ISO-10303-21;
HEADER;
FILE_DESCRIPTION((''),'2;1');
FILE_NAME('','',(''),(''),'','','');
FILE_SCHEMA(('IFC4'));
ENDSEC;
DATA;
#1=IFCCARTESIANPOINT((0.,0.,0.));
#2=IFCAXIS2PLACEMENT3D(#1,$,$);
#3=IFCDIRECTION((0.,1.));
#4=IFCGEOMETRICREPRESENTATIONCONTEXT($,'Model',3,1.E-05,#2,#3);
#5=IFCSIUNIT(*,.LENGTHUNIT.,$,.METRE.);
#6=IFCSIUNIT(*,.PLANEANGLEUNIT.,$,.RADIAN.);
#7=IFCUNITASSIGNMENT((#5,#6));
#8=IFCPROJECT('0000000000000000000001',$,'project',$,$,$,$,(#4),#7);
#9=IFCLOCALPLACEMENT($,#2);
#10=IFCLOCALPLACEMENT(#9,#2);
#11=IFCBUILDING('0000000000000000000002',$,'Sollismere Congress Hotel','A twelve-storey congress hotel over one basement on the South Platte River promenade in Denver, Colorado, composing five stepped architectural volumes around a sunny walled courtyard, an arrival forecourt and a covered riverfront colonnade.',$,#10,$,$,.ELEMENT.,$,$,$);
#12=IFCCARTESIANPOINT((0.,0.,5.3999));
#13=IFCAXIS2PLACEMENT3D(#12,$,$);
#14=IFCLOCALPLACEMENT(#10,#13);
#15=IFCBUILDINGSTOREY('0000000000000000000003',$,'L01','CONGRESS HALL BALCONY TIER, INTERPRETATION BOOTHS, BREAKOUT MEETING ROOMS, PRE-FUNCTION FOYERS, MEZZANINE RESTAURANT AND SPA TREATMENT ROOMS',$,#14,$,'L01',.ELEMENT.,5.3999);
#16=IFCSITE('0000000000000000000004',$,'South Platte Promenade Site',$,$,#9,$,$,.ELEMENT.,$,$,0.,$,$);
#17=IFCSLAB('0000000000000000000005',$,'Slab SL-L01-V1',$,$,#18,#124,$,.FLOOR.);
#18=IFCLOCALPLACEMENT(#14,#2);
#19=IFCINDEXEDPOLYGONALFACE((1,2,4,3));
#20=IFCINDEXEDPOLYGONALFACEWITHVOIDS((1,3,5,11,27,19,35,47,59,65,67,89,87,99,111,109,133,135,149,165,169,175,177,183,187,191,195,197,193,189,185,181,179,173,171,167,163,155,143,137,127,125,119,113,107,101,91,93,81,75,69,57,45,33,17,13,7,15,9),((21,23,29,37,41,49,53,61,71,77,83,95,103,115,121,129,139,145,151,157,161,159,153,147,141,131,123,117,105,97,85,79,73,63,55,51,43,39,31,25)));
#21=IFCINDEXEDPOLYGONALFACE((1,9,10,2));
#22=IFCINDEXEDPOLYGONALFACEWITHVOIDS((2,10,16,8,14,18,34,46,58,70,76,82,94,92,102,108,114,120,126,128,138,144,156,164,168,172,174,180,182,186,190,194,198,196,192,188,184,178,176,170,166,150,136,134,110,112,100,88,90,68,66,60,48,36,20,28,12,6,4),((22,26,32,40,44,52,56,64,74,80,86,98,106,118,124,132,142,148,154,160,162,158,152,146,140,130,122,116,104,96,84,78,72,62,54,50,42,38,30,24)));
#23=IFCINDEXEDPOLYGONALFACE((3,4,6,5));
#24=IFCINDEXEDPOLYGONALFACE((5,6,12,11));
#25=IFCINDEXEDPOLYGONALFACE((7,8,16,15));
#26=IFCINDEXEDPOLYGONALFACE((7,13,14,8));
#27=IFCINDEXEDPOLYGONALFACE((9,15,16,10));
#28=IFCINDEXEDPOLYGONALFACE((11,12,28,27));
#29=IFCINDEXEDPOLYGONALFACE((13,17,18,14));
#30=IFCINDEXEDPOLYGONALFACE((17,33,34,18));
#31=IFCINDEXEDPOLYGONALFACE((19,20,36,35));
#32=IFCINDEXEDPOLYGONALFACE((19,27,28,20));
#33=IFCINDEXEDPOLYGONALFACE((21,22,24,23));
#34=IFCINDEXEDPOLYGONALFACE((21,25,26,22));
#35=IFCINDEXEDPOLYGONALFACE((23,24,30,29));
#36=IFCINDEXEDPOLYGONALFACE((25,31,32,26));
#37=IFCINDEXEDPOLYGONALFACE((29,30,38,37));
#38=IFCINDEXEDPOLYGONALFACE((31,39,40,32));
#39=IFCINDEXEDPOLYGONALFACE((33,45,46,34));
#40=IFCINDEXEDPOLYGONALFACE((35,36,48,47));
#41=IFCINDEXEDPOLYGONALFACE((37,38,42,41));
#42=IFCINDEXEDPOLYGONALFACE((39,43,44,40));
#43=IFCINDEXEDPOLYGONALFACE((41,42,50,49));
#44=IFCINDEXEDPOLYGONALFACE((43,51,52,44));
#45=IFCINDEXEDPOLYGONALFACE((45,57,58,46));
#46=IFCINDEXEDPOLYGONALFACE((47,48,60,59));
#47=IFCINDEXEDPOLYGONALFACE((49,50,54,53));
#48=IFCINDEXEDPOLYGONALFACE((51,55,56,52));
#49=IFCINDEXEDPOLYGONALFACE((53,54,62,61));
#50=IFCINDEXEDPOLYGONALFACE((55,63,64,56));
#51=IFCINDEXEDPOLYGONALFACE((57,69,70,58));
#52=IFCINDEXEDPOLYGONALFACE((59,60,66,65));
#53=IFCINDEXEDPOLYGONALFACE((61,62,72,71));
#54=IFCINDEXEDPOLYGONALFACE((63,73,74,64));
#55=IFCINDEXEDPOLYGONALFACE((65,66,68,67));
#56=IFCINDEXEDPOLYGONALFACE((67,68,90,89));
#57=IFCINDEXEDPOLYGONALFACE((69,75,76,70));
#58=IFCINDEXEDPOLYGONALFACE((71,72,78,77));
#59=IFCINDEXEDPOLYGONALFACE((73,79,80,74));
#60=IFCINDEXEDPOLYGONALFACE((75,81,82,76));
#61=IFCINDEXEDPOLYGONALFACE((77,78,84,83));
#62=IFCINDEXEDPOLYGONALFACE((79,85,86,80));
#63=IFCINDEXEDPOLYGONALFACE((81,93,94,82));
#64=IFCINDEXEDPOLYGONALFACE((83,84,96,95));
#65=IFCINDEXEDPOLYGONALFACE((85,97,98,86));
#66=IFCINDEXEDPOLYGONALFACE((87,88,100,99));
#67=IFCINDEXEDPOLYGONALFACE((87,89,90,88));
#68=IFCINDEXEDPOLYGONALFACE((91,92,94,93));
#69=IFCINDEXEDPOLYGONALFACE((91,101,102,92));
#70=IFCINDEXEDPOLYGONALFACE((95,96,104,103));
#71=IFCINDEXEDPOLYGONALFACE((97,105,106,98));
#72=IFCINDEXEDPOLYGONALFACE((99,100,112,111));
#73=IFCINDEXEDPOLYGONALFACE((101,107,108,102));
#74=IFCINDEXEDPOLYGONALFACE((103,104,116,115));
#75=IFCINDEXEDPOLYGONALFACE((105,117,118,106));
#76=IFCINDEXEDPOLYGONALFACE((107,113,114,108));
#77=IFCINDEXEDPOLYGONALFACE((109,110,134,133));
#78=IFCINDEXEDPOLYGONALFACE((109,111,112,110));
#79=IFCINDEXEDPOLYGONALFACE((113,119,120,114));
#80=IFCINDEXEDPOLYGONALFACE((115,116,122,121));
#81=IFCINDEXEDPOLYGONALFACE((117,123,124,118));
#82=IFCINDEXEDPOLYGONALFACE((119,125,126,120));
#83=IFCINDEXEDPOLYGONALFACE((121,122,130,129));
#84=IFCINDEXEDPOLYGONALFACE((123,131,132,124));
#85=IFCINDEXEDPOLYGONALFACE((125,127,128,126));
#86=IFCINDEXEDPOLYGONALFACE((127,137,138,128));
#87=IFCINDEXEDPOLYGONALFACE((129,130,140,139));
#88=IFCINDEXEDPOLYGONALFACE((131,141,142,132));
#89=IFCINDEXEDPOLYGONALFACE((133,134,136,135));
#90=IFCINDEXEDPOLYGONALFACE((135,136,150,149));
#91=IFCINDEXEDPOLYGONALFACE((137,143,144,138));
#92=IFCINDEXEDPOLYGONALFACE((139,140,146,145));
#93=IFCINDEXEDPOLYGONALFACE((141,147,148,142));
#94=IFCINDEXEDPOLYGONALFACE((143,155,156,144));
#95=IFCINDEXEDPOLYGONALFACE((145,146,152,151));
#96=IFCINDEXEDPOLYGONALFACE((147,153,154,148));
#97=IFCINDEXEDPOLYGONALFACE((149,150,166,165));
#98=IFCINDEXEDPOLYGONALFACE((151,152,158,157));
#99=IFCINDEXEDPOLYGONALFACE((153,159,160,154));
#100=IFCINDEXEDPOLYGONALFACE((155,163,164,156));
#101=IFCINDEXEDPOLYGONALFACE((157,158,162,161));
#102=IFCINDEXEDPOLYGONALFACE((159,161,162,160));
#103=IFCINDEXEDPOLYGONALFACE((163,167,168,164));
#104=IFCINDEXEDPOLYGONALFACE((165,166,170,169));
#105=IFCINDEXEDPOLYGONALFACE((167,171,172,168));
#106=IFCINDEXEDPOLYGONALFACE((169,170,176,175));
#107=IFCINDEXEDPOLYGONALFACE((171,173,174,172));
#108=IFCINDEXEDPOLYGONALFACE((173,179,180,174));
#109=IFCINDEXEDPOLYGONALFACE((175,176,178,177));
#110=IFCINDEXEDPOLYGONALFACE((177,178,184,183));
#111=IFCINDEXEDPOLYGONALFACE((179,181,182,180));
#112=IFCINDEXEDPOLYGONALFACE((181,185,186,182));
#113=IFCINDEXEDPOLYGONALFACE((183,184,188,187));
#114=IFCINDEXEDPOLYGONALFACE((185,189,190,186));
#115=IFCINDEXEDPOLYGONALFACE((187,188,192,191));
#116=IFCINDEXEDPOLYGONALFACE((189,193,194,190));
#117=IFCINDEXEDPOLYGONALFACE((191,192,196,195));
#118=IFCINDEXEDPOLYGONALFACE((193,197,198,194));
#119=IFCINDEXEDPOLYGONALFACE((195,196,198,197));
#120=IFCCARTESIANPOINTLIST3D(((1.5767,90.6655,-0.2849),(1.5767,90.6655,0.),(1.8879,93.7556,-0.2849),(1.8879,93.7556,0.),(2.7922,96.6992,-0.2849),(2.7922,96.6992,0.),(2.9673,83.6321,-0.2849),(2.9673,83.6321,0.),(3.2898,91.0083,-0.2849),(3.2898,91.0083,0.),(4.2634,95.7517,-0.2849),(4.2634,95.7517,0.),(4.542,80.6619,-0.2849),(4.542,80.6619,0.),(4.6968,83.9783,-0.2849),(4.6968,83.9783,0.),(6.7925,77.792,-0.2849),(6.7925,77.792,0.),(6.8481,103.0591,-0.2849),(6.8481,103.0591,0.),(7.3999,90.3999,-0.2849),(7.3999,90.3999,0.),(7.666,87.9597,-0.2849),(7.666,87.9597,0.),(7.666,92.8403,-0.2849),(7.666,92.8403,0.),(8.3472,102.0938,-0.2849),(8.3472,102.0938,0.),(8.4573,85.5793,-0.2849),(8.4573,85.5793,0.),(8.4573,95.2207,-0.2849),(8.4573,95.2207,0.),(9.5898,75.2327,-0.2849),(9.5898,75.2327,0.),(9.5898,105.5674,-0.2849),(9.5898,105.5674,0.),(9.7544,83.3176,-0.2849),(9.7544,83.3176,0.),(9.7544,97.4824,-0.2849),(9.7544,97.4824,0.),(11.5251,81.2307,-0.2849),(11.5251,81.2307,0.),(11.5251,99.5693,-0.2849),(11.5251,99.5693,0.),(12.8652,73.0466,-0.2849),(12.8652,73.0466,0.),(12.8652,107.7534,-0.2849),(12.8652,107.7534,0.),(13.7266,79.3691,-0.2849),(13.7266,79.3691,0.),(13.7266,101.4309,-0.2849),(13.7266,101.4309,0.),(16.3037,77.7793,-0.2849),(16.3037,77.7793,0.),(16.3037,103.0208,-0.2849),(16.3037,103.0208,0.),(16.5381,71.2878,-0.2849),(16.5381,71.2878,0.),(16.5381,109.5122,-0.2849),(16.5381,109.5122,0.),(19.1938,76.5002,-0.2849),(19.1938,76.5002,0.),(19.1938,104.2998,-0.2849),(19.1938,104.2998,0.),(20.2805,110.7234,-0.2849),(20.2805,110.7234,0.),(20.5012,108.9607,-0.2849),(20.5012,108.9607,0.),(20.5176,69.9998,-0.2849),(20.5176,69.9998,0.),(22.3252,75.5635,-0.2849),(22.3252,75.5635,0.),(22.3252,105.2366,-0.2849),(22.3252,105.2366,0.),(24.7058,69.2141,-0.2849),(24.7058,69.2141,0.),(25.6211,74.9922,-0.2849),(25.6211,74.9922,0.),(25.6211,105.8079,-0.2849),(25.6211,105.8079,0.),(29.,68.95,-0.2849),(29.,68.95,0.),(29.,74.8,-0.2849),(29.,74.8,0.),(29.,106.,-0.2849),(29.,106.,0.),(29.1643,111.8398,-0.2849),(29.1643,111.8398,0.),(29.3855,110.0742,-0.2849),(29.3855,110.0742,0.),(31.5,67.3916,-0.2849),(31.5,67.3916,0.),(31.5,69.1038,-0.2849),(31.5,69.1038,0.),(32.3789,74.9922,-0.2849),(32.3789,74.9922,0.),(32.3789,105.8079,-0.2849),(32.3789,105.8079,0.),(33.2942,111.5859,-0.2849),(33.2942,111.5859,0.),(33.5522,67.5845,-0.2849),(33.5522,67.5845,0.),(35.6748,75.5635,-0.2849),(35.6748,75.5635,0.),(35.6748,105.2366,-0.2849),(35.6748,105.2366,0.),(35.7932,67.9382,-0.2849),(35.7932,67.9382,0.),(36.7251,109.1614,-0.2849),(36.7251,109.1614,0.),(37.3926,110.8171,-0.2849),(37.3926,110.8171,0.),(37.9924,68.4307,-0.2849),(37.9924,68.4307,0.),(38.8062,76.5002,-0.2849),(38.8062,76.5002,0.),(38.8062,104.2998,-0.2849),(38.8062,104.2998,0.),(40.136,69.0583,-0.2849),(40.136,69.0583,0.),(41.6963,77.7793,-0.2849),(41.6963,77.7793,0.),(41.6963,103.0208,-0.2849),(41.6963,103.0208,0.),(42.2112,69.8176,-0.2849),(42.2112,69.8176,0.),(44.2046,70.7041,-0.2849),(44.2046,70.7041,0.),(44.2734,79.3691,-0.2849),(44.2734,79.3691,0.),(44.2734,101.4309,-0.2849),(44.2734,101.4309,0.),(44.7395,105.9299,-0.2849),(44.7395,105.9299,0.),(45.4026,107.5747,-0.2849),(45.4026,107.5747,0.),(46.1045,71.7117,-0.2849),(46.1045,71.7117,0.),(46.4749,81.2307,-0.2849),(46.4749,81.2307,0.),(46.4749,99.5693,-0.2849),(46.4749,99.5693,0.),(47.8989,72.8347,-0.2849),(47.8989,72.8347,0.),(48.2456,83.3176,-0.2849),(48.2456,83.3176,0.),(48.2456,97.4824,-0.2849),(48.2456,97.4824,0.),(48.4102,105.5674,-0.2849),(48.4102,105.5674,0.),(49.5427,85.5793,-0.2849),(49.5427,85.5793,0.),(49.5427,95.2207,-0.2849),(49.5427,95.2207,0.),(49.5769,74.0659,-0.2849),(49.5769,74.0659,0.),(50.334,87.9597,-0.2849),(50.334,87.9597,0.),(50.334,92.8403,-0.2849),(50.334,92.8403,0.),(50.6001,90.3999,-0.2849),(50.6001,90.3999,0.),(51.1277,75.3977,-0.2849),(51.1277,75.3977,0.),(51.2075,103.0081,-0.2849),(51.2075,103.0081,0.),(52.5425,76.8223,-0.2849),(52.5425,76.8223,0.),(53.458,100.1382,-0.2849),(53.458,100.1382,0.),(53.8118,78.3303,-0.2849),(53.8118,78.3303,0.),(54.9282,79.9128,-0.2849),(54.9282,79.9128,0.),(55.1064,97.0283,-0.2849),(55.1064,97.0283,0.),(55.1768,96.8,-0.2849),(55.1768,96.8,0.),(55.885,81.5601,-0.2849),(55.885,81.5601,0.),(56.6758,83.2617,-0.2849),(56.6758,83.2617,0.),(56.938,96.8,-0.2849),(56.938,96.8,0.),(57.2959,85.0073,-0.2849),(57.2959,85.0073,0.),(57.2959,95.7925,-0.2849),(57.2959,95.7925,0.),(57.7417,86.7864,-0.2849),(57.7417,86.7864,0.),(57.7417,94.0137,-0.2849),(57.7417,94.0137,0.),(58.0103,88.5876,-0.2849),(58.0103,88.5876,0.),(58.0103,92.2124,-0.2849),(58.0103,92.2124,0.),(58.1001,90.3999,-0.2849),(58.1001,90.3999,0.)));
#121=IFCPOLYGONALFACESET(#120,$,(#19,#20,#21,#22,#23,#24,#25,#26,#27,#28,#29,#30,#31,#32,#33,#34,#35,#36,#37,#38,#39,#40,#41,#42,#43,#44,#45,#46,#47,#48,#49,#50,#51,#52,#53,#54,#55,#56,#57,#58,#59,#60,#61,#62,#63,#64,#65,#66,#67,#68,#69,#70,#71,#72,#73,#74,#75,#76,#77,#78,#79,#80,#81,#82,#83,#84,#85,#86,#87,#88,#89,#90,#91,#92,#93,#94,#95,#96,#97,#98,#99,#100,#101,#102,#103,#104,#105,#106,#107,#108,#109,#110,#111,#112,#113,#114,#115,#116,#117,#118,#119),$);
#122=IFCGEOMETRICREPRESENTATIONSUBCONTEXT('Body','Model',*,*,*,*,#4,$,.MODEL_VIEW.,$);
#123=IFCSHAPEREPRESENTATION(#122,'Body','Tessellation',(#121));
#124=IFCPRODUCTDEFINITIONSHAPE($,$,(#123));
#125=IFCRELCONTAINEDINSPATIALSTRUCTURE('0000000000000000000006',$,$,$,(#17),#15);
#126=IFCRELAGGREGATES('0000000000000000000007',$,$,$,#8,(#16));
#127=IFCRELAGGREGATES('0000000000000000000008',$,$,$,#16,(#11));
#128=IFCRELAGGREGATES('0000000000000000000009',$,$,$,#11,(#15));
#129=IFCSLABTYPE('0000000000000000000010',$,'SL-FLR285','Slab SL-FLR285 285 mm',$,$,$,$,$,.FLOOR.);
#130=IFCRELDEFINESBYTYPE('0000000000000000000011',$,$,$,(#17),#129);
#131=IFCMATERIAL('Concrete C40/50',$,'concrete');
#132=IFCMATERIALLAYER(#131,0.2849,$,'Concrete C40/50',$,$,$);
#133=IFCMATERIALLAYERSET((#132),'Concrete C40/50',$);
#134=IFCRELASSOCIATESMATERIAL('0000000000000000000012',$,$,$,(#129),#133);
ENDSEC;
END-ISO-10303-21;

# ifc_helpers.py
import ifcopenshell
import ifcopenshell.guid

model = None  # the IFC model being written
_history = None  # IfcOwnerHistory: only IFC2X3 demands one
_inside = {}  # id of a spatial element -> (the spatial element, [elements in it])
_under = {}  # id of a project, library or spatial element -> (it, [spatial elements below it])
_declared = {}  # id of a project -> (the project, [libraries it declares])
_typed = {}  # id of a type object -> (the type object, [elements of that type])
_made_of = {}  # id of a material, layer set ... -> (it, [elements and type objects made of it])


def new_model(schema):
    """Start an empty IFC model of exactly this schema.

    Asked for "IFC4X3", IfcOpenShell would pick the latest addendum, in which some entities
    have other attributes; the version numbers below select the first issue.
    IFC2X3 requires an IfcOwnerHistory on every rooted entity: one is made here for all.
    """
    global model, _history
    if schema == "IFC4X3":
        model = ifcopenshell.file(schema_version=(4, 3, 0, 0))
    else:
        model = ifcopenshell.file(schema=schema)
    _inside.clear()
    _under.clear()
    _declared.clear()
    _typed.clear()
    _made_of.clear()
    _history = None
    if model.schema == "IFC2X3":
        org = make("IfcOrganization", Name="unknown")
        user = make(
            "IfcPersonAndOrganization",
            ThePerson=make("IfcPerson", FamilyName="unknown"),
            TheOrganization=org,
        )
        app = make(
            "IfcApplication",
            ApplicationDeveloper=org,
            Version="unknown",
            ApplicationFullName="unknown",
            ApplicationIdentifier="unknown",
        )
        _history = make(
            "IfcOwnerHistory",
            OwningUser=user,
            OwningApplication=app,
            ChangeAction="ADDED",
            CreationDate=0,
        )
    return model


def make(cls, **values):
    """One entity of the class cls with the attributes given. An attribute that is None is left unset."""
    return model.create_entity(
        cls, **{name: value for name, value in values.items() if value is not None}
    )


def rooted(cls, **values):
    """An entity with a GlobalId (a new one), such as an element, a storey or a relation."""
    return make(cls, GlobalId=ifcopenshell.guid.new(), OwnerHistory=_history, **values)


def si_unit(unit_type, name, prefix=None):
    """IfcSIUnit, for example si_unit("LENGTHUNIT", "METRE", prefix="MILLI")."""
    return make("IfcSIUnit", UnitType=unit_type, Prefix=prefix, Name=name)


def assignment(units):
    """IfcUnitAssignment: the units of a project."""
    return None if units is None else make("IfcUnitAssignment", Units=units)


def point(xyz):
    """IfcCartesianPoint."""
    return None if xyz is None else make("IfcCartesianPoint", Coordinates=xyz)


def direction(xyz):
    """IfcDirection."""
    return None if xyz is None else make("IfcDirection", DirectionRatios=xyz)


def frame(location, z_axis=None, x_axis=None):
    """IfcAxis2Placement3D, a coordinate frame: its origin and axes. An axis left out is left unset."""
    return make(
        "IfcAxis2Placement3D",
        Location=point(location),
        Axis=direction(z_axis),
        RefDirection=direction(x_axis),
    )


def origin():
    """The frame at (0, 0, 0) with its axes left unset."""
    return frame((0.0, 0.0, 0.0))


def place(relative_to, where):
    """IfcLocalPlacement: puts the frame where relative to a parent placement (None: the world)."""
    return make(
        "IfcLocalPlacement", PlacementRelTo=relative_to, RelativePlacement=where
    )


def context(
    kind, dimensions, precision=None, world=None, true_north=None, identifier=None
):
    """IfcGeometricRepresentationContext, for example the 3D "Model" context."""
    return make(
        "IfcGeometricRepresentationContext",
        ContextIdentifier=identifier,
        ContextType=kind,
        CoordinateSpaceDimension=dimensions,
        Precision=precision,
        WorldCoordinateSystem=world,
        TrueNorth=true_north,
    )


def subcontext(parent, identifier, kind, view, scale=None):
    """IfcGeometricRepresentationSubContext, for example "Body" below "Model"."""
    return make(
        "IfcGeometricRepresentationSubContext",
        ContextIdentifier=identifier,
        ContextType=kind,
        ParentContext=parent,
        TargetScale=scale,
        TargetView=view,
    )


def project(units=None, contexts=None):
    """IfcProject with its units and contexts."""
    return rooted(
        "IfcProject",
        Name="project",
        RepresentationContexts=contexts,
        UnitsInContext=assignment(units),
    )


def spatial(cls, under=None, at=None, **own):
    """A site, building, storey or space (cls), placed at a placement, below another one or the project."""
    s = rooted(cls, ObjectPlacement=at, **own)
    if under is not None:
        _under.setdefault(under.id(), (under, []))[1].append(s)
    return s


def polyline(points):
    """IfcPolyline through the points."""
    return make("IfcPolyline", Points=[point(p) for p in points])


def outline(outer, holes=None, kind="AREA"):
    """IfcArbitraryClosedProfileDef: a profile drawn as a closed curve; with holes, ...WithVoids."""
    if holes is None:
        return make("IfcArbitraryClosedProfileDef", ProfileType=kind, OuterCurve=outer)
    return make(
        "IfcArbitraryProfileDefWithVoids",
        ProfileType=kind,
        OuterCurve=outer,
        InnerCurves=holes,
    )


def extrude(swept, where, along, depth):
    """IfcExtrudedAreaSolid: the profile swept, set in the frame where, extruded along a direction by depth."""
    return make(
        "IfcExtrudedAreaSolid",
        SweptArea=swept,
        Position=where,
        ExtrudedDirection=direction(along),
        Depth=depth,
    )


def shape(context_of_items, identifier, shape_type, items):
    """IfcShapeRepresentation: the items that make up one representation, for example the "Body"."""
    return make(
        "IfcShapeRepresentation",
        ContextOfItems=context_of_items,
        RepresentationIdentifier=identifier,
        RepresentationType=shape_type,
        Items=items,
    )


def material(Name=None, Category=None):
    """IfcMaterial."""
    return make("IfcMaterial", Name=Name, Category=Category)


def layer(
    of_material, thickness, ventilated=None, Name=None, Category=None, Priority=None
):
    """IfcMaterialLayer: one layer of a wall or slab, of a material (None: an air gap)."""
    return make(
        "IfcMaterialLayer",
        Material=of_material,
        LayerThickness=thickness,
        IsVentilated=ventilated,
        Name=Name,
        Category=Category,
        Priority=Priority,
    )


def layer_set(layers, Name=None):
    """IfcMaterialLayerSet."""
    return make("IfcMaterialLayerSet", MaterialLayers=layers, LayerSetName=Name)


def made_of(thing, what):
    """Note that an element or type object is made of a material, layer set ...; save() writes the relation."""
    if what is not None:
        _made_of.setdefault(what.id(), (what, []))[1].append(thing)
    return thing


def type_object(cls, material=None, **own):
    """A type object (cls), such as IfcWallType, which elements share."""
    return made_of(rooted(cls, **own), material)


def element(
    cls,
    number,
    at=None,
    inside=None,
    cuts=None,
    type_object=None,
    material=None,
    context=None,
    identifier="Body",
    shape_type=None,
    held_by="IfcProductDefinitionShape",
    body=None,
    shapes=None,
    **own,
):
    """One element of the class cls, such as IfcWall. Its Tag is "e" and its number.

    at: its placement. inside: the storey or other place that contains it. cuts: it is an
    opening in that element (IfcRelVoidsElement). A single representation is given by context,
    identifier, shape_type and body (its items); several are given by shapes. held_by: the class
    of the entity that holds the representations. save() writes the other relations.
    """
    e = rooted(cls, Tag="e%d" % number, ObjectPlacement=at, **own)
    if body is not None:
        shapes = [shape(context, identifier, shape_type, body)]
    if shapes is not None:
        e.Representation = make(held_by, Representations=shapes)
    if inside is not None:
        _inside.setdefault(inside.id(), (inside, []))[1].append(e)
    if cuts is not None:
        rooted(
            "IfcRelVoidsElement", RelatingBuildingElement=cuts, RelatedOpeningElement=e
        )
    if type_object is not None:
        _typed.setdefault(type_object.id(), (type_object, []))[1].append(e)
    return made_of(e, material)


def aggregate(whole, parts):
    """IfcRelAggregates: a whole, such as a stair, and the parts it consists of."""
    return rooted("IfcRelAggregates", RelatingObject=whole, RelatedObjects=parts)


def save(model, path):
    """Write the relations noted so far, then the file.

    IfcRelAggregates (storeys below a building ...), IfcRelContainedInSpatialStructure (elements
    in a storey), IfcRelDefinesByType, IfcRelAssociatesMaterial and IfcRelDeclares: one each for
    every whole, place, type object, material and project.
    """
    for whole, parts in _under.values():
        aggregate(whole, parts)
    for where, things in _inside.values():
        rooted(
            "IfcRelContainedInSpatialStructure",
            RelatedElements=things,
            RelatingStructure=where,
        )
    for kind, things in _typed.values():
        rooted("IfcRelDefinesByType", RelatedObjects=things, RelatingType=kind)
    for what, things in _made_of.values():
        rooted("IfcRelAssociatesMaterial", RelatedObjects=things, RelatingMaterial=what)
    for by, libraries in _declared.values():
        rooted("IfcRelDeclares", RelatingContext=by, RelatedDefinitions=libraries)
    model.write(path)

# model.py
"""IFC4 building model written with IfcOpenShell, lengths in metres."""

from ifc_helpers import new_model, si_unit, direction, frame, origin, place, context, subcontext, project, spatial, polyline, outline, extrude, material, layer, layer_set, type_object, element, save


model = new_model("IFC4")

# Units and contexts
model_context = context("Model", 3, precision=1e-05, world=origin(), true_north=direction((0.0, 1.0)))
body_context = subcontext(model_context, "Body", "Model", "MODEL_VIEW")
ifc_project = project(units=[si_unit("LENGTHUNIT", "METRE"), si_unit("PLANEANGLEUNIT", "RADIAN")], contexts=[model_context])

# Site, building, storey
site_placement = place(None, origin())
site = spatial("IfcSite", under=ifc_project, at=site_placement, Name="South Platte Promenade Site", CompositionType="ELEMENT", RefElevation=0.0)
building_placement = place(site_placement, origin())
building = spatial("IfcBuilding", under=site, at=building_placement, Name="Sollismere Congress Hotel", Description="A twelve-storey congress hotel over one basement on the South Platte River promenade in Denver, Colorado, composing five stepped architectural volumes around a sunny walled courtyard, an arrival forecourt and a covered riverfront colonnade.", CompositionType="ELEMENT")
storey_placement = place(building_placement, frame((0.0, 0.0, 5.3999)))
storey = spatial("IfcBuildingStorey", under=building, at=storey_placement, Name="L01", Description="CONGRESS HALL BALCONY TIER, INTERPRETATION BOOTHS, BREAKOUT MEETING ROOMS, PRE-FUNCTION FOYERS, MEZZANINE RESTAURANT AND SPA TREATMENT ROOMS", LongName="L01", CompositionType="ELEMENT", Elevation=5.3999)

# Slab
ifc_material_1 = material(Name="Concrete C40/50", Category="concrete")
ifc_layer_1 = layer(ifc_material_1, 0.2849, Name="Concrete C40/50")
ifc_layer_set_1 = layer_set([ifc_layer_1], Name="Concrete C40/50")
slab_type_1 = type_object("IfcSlabType", Name="SL-FLR285", Description="Slab SL-FLR285 285 mm", PredefinedType="FLOOR", material=ifc_layer_set_1)
slab_1_placement = place(storey_placement, frame((0.0, 0.0, -0.2849)))
element("IfcSlab", 1, at=slab_1_placement, inside=storey, type_object=slab_type_1, Name="Slab SL-L01-V1", PredefinedType="FLOOR", context=body_context, shape_type="SweptSolid", body=[
    extrude(outline(polyline([(58.0103, 88.5876), (58.1001, 90.3999), (58.0103, 92.2124), (57.7417, 94.0137), (57.2959, 95.7925), (56.938, 96.8), (55.1768, 96.8), (55.1064, 97.0283), (53.458, 100.1382), (51.2075, 103.0081), (48.4102, 105.5674), (45.4026, 107.5747), (44.7395, 105.9299), (36.7251, 109.1614), (37.3926, 110.8171), (33.2942, 111.5859), (29.1643, 111.8398), (29.3855, 110.0742), (20.5012, 108.9607), (20.2805, 110.7234), (16.5381, 109.5122), (12.8652, 107.7534), (9.5898, 105.5674), (6.8481, 103.0591), (8.3472, 102.0938), (4.2634, 95.7517), (2.7922, 96.6992), (1.8879, 93.7556), (1.5767, 90.6655), (3.2898, 91.0083), (4.6968, 83.9783), (2.9673, 83.6321), (4.542, 80.6619), (6.7925, 77.792), (9.5898, 75.2327), (12.8652, 73.0466), (16.5381, 71.2878), (20.5176, 69.9998), (24.7058, 69.2141), (29.0, 68.95), (31.5, 69.1038), (31.5, 67.3916), (33.5522, 67.5845), (35.7932, 67.9382), (37.9924, 68.4307), (40.136, 69.0583), (42.2112, 69.8176), (44.2046, 70.7041), (46.1045, 71.7117), (47.8989, 72.8347), (49.5769, 74.0659), (51.1277, 75.3977), (52.5425, 76.8223), (53.8118, 78.3303), (54.9282, 79.9128), (55.885, 81.5601), (56.6758, 83.2617), (57.2959, 85.0073), (57.7417, 86.7864), (58.0103, 88.5876)]), holes=[polyline([(50.6001, 90.3999), (50.334, 87.9597), (49.5427, 85.5793), (48.2456, 83.3176), (46.4749, 81.2307), (44.2734, 79.3691), (41.6963, 77.7793), (38.8062, 76.5002), (35.6748, 75.5635), (32.3789, 74.9922), (29.0, 74.8), (25.6211, 74.9922), (22.3252, 75.5635), (19.1938, 76.5002), (16.3037, 77.7793), (13.7266, 79.3691), (11.5251, 81.2307), (9.7544, 83.3176), (8.4573, 85.5793), (7.666, 87.9597), (7.3999, 90.3999), (7.666, 92.8403), (8.4573, 95.2207), (9.7544, 97.4824), (11.5251, 99.5693), (13.7266, 101.4309), (16.3037, 103.0208), (19.1938, 104.2998), (22.3252, 105.2366), (25.6211, 105.8079), (29.0, 106.0), (32.3789, 105.8079), (35.6748, 105.2366), (38.8062, 104.2998), (41.6963, 103.0208), (44.2734, 101.4309), (46.4749, 99.5693), (48.2456, 97.4824), (49.5427, 95.2207), (50.334, 92.8403), (50.6001, 90.3999)])]), origin(), (0.0, 0.0, 1.0), 0.2849),
])

save(model, "model.ifc")
